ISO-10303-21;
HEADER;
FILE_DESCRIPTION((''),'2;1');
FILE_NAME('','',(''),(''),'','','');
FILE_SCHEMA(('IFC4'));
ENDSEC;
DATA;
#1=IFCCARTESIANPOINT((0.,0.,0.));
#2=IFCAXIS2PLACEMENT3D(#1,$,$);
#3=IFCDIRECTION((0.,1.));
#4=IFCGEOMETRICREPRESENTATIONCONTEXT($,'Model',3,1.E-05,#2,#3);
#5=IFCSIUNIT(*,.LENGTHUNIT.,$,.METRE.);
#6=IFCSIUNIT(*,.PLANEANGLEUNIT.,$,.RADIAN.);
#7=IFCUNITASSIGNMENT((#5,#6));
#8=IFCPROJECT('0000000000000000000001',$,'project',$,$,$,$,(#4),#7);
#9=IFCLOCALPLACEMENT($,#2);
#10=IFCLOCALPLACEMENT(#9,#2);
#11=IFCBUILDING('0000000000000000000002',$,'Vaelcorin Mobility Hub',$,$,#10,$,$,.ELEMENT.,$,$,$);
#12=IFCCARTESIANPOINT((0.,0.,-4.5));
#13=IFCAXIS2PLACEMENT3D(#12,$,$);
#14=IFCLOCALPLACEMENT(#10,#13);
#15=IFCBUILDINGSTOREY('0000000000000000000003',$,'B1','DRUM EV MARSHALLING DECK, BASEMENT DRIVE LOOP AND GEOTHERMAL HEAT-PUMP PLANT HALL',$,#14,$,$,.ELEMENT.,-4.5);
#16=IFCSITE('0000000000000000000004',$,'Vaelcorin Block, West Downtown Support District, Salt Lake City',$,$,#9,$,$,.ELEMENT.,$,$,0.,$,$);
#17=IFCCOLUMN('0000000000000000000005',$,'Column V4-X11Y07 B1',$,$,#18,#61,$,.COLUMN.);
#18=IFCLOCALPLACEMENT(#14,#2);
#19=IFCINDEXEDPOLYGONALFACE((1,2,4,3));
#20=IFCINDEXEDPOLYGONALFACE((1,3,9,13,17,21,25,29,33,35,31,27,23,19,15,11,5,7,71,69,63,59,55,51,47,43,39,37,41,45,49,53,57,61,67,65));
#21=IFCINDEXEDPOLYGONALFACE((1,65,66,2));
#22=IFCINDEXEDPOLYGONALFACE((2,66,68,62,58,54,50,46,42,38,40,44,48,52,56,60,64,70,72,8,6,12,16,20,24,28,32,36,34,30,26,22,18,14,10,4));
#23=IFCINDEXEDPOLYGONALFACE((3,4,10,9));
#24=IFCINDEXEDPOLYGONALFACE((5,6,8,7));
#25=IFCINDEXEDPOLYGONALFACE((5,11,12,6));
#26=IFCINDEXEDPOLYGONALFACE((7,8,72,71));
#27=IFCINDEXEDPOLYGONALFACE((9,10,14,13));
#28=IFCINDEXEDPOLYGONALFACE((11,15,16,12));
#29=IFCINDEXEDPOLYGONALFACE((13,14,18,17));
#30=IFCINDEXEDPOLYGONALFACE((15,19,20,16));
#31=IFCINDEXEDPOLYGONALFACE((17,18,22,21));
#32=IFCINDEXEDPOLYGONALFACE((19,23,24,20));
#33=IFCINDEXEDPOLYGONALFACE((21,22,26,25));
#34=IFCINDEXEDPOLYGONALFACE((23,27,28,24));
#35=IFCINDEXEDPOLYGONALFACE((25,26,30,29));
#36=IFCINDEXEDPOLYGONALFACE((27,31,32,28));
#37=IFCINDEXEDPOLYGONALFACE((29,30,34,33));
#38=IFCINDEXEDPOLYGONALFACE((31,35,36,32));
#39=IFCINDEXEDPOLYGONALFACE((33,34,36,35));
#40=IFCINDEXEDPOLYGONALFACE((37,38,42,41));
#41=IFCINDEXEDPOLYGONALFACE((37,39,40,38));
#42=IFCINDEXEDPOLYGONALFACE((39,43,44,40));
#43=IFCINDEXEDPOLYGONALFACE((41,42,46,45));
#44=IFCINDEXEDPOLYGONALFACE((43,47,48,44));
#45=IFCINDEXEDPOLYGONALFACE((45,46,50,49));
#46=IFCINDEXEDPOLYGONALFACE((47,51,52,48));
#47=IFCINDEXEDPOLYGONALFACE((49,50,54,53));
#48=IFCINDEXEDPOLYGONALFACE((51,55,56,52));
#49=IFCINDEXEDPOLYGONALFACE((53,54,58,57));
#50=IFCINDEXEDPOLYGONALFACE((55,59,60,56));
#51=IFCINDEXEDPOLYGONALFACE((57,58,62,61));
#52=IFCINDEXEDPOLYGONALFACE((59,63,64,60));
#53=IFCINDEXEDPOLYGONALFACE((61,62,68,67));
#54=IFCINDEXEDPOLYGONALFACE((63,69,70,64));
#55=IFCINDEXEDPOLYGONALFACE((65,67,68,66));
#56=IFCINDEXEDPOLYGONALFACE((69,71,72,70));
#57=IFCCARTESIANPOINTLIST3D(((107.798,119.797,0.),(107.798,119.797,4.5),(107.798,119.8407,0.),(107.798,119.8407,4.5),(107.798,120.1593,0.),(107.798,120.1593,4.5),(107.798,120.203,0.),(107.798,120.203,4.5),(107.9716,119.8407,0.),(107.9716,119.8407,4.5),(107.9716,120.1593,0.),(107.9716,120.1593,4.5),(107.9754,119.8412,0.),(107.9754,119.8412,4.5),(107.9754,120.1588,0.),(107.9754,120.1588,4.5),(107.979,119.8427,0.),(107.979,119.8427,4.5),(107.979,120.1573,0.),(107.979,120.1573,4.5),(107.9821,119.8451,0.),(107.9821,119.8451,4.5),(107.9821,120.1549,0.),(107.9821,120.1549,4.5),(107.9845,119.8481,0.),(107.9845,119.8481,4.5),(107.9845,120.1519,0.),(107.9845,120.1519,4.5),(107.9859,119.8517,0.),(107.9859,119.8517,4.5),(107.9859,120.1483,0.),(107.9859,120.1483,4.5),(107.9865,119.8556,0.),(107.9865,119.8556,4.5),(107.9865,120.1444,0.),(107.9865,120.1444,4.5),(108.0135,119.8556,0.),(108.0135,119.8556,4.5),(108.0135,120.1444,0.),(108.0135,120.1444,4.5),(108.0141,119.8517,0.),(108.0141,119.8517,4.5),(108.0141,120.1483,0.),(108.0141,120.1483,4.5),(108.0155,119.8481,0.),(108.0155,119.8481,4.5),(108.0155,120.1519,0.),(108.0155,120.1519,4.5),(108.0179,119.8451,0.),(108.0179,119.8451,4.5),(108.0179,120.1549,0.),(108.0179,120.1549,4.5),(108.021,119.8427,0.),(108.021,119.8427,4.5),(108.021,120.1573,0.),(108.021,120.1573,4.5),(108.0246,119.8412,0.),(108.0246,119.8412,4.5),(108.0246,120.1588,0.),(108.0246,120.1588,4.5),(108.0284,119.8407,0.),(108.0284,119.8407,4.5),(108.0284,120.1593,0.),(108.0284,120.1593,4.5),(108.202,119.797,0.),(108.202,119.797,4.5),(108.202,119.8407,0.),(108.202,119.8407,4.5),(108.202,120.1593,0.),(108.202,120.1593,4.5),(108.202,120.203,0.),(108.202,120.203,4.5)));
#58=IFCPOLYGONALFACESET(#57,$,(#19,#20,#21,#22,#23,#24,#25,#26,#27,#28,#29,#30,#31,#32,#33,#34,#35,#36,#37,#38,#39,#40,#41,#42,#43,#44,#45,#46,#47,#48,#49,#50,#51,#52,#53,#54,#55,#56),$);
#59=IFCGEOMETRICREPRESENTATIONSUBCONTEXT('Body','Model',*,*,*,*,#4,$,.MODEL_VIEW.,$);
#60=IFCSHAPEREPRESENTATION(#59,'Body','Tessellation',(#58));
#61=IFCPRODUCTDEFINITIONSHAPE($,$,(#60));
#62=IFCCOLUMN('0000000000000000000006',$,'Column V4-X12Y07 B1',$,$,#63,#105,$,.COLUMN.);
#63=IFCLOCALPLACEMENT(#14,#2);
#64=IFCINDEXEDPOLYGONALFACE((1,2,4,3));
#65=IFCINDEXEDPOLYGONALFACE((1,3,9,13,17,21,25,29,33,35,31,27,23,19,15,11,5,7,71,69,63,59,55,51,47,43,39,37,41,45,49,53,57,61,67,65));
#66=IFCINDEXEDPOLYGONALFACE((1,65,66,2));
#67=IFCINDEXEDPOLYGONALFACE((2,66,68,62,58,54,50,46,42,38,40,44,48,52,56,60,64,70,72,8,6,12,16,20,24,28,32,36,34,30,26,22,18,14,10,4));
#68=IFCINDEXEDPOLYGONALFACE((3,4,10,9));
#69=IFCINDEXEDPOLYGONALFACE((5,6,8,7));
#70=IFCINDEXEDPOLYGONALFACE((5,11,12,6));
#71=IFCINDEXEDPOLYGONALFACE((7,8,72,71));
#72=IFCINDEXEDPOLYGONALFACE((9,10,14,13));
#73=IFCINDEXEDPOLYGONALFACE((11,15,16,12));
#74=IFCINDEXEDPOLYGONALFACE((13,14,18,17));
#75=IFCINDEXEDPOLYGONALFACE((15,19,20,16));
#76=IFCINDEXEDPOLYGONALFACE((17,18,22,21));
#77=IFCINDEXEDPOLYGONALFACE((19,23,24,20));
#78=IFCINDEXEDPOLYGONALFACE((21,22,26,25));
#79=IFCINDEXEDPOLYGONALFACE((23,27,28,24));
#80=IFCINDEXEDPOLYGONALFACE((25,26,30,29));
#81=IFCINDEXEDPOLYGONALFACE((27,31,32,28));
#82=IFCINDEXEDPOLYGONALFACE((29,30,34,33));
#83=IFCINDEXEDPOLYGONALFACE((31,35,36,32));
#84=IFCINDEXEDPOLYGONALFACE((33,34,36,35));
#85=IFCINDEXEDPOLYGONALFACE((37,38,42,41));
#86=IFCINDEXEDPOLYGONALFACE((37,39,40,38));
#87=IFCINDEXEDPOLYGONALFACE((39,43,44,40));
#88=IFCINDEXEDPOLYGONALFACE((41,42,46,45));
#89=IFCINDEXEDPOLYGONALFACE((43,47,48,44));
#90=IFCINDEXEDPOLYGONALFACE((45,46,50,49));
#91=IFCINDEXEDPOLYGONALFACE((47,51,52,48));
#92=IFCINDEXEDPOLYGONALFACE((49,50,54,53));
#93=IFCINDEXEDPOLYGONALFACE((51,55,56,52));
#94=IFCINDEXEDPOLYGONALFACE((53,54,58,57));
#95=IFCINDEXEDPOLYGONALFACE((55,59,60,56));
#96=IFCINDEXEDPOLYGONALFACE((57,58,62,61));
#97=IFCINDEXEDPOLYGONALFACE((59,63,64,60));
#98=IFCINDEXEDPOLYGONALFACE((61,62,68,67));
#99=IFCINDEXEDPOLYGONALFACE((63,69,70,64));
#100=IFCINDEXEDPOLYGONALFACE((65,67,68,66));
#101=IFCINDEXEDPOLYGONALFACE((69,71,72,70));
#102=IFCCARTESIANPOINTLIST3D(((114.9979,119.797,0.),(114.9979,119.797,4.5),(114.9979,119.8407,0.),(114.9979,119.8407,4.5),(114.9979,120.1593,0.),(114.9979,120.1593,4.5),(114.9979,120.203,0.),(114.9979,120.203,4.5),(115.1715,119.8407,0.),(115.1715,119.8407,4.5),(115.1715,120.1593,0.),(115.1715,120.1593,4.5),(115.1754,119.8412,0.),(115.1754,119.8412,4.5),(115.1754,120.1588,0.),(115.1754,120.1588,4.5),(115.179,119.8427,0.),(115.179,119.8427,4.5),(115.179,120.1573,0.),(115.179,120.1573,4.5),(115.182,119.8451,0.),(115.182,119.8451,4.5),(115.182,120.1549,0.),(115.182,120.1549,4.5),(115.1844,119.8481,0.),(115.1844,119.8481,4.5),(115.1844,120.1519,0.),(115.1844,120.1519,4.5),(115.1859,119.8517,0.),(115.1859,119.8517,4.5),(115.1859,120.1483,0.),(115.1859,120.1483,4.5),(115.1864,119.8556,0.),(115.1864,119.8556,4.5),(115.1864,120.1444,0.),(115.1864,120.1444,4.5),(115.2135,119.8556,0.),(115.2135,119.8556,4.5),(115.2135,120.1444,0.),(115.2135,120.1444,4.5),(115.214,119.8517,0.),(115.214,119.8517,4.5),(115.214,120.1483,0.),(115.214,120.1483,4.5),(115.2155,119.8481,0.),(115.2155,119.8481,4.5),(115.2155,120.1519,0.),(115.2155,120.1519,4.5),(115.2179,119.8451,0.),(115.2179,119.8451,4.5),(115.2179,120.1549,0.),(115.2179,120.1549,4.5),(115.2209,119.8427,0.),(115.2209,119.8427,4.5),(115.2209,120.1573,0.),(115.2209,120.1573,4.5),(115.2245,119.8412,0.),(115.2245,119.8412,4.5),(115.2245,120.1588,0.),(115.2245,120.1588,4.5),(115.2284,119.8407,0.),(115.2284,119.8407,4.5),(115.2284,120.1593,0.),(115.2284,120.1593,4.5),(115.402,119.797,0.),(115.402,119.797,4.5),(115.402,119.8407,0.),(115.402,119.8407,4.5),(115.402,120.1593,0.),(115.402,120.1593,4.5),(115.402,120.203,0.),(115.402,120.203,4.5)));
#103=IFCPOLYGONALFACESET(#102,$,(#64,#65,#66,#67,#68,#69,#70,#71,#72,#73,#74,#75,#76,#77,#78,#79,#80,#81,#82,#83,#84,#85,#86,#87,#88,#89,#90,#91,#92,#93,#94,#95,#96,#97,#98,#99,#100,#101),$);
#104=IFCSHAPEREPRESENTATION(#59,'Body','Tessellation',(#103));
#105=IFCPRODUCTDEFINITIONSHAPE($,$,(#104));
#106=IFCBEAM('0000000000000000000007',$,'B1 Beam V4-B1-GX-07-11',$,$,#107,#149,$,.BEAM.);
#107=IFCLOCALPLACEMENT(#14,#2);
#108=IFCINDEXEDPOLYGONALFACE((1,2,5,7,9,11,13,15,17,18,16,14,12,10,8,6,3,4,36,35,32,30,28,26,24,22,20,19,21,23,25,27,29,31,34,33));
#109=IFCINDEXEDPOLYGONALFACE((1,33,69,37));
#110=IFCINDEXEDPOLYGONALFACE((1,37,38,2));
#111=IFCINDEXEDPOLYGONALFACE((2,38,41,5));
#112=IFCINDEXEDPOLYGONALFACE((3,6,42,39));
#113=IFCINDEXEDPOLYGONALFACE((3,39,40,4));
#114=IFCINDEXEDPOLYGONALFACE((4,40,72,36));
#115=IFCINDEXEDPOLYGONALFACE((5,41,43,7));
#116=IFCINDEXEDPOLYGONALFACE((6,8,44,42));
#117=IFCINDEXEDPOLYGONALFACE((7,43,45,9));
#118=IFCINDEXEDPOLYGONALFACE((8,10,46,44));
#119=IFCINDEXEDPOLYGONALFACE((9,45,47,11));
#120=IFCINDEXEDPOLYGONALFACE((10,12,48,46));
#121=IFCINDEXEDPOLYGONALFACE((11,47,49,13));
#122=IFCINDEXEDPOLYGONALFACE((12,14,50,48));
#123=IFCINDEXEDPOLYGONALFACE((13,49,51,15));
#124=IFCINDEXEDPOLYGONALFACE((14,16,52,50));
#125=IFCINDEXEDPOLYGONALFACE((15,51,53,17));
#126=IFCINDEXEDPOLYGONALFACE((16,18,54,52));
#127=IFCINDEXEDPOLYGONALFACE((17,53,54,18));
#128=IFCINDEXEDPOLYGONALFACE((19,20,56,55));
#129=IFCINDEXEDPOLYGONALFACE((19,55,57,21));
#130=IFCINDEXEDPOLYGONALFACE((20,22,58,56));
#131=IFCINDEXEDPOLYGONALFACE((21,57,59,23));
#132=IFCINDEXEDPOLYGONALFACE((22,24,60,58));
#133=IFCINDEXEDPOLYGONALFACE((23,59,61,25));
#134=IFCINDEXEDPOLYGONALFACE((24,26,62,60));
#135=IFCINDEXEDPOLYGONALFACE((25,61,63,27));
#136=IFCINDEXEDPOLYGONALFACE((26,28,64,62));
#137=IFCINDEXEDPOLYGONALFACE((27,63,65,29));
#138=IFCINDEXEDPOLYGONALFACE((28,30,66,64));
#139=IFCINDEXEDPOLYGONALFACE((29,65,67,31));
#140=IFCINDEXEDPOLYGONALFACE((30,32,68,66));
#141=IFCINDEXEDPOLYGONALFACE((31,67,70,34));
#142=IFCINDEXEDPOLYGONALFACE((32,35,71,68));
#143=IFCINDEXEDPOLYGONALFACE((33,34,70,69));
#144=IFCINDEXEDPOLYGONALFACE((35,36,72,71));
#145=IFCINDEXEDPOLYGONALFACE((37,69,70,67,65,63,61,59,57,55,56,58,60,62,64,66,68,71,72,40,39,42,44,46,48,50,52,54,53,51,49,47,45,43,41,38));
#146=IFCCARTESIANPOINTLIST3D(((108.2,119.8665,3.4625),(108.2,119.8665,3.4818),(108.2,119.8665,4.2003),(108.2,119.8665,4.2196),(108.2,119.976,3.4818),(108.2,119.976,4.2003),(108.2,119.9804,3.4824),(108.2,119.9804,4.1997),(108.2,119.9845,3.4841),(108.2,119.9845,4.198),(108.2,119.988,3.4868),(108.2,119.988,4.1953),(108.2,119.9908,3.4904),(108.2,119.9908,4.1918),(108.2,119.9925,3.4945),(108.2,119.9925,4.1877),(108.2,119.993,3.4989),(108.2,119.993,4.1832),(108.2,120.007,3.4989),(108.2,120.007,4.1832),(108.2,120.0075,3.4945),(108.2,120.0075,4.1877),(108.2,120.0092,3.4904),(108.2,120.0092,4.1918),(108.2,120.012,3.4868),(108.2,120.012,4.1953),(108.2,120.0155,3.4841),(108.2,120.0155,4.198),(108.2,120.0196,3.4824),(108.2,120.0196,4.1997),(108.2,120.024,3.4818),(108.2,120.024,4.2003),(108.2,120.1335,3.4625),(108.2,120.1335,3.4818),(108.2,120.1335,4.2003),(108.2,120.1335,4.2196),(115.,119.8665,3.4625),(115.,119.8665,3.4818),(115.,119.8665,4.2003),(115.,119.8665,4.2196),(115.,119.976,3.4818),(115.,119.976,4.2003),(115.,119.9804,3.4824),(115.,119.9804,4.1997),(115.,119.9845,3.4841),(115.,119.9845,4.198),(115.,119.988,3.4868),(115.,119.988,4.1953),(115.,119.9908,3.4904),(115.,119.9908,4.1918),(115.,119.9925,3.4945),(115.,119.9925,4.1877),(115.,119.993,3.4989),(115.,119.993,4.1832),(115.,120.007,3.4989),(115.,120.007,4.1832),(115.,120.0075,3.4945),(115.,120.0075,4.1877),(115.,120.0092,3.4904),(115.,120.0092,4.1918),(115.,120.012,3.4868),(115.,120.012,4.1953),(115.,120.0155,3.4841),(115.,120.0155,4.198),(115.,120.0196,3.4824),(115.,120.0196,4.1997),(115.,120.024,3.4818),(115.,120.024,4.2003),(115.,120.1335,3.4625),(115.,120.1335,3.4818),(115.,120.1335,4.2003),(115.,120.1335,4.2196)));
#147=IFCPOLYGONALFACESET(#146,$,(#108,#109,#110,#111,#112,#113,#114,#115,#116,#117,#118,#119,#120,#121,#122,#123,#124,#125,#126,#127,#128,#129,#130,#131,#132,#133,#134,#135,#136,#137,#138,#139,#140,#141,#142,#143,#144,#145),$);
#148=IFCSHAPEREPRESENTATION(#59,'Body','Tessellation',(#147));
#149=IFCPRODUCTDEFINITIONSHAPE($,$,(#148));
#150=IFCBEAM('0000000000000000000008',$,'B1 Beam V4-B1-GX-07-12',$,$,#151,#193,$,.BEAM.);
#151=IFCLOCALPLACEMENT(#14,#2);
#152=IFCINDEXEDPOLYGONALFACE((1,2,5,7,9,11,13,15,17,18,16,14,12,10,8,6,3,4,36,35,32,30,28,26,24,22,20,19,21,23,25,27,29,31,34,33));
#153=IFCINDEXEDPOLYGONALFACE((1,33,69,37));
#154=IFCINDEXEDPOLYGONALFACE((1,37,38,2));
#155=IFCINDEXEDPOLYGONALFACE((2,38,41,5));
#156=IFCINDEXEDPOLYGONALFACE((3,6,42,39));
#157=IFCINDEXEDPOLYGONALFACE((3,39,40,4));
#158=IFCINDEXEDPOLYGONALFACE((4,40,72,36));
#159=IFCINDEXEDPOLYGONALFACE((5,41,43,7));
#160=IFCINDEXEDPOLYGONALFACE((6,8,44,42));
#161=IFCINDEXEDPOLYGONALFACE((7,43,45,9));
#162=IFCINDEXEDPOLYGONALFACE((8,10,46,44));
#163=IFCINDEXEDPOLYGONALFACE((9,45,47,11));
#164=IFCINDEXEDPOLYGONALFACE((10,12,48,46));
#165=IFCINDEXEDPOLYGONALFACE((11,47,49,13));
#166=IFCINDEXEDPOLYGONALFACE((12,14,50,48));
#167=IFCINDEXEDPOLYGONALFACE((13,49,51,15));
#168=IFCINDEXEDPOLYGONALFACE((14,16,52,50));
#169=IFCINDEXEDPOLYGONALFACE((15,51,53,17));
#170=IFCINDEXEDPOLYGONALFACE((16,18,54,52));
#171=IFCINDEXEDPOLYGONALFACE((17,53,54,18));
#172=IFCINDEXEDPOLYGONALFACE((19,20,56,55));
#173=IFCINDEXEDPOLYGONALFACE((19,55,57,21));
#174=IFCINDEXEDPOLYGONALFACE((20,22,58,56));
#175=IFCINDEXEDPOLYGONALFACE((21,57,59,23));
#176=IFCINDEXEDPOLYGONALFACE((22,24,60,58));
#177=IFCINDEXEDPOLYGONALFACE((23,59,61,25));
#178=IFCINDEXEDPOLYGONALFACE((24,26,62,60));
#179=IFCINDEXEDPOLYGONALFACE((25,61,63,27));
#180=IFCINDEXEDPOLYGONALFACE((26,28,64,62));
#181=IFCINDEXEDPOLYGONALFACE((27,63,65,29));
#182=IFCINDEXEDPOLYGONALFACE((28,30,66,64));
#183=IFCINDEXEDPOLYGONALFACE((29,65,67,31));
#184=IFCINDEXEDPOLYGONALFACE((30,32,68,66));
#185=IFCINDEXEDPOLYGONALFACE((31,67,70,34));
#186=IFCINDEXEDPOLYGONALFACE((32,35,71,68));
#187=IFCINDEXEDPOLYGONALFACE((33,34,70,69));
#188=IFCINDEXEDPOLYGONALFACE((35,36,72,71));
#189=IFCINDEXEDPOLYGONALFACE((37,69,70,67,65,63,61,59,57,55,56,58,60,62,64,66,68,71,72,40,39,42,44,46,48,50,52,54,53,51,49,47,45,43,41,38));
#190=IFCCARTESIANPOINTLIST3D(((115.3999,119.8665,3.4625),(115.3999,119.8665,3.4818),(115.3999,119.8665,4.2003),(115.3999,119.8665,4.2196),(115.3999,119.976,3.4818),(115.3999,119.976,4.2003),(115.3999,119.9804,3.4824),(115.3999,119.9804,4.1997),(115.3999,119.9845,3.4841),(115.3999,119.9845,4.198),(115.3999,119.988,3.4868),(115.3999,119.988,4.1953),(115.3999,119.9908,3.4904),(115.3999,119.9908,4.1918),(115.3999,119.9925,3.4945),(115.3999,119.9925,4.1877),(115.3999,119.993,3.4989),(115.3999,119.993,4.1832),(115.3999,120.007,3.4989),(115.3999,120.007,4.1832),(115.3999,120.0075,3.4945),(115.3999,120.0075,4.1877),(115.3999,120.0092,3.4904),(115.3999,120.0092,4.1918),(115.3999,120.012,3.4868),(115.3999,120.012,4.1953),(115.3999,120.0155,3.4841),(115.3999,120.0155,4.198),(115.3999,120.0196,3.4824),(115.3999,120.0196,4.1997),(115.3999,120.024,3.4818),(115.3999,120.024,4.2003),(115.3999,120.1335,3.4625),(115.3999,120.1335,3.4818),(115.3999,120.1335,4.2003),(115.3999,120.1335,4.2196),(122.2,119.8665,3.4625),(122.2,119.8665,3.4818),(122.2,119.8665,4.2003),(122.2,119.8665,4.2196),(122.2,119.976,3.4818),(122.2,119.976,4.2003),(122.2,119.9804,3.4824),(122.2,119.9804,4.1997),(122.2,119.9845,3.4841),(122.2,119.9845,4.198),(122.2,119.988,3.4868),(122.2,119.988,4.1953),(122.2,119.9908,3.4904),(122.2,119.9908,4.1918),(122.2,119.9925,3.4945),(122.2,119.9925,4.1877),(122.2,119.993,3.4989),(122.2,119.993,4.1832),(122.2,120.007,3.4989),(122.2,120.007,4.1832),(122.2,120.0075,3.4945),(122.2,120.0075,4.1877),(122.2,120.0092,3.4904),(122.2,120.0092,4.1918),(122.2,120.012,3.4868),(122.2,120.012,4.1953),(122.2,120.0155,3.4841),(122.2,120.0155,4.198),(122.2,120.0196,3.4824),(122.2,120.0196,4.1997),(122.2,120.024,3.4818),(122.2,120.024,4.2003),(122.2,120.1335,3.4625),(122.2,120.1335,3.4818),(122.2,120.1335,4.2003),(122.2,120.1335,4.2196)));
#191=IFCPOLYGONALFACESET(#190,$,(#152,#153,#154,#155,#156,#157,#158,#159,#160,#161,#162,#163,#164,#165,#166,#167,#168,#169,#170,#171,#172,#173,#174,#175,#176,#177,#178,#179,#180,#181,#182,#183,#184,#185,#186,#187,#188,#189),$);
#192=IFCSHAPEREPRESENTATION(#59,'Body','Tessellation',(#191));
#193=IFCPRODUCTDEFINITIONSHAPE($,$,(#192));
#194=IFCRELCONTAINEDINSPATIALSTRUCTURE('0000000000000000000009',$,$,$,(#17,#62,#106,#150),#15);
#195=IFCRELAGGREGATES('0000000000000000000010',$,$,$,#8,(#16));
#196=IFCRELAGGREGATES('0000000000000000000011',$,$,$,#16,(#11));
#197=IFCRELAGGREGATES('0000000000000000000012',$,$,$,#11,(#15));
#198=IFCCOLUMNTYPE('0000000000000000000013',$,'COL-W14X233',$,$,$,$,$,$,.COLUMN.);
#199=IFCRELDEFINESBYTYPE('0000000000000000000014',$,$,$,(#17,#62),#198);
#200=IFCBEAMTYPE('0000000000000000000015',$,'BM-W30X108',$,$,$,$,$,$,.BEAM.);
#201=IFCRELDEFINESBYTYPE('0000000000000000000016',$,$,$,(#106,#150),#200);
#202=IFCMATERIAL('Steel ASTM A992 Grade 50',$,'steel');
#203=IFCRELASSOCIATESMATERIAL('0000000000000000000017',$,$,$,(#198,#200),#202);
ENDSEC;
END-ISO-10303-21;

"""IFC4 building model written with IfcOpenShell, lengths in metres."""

from ifc_helpers import new_model, si_unit, direction, frame, origin, origin_2d, place, context, subcontext, project, spatial, i_section, extrude, material, material_profile, profile_set, type_object, element, save


model = new_model("IFC4")

# Units and contexts
model_context = context("Model", 3, precision=1e-05, world=origin(), true_north=direction((0.0, 1.0)))
body_context = subcontext(model_context, "Body", "Model", "MODEL_VIEW")
ifc_project = project(units=[si_unit("LENGTHUNIT", "METRE"), si_unit("PLANEANGLEUNIT", "RADIAN")], contexts=[model_context])

# Site, building, storey
site_placement = place(None, origin())
site = spatial("IfcSite", under=ifc_project, at=site_placement, Name="Vaelcorin Block, West Downtown Support District, Salt Lake City", CompositionType="ELEMENT", RefElevation=0.0)
building_placement = place(site_placement, origin())
building = spatial("IfcBuilding", under=site, at=building_placement, Name="Vaelcorin Mobility Hub", CompositionType="ELEMENT")
storey_placement = place(building_placement, frame((0.0, 0.0, -4.5)))
storey = spatial("IfcBuildingStorey", under=building, at=storey_placement, Name="B1", Description="DRUM EV MARSHALLING DECK, BASEMENT DRIVE LOOP AND GEOTHERMAL HEAT-PUMP PLANT HALL", CompositionType="ELEMENT", Elevation=-4.5)

# Columns
ifc_material_1 = material(Name="Steel ASTM A992 Grade 50", Category="steel")
ifc_material_profile_1 = material_profile(ifc_material_1, i_section(OverallWidth=0.4041, OverallDepth=0.406, WebThickness=0.0271, FlangeThickness=0.0437, FilletRadius=0.0149, at=origin_2d()), Name="W14X233")
ifc_profile_set_1 = profile_set([ifc_material_profile_1], Name="Steel ASTM A992 Grade 50")
column_type = type_object("IfcColumnType", Name="COL-W14X233", PredefinedType="COLUMN", material=ifc_profile_set_1)
for number, where, z_axis, x_axis, name in (
    (1, (108.0, 120.0, 0.0), (0.0, 0.0, 1.0), (1.0, 0.0, 0.0), "Column V4-X11Y07 B1"),
    (2, (115.2, 120.0, 0.0), (0.0, 0.0, 1.0), (1.0, 0.0, 0.0), "Column V4-X12Y07 B1"),
):
    element("IfcColumn", number, at=place(storey_placement, frame(where, z_axis=z_axis, x_axis=x_axis)), inside=storey, type_object=column_type, Name=name, PredefinedType="COLUMN", context=body_context, shape_type="SweptSolid", body=[
        extrude(i_section(OverallWidth=0.4041, OverallDepth=0.406, WebThickness=0.0271, FlangeThickness=0.0437, FilletRadius=0.0149, at=origin_2d()), origin(), (0.0, 0.0, 1.0), 4.5),
    ])

# Beams
ifc_material_profile_2 = material_profile(ifc_material_1, i_section(OverallWidth=0.2671, OverallDepth=0.7571, WebThickness=0.0139, FlangeThickness=0.0193, FilletRadius=0.0171, at=origin_2d()), Name="W30X108")
ifc_profile_set_2 = profile_set([ifc_material_profile_2], Name="Steel ASTM A992 Grade 50")
beam_type = type_object("IfcBeamType", Name="BM-W30X108", PredefinedType="BEAM", material=ifc_profile_set_2)
for number, where, z_axis, x_axis, name in (
    (3, (108.2, 120.0, 3.8411), (1.0, 0.0, 0.0), (0.0, 1.0, 0.0), "B1 Beam V4-B1-GX-07-11"),
    (4, (115.3999, 120.0, 3.8411), (1.0, 0.0, 0.0), (0.0, 1.0, 0.0), "B1 Beam V4-B1-GX-07-12"),
):
    element("IfcBeam", number, at=place(storey_placement, frame(where, z_axis=z_axis, x_axis=x_axis)), inside=storey, type_object=beam_type, Name=name, PredefinedType="BEAM", context=body_context, shape_type="SweptSolid", body=[
        extrude(i_section(OverallWidth=0.2671, OverallDepth=0.7571, WebThickness=0.0139, FlangeThickness=0.0193, FilletRadius=0.0171, at=origin_2d()), origin(), (0.0, 0.0, 1.0), 6.8),
    ])

save(model, "model.ifc")
